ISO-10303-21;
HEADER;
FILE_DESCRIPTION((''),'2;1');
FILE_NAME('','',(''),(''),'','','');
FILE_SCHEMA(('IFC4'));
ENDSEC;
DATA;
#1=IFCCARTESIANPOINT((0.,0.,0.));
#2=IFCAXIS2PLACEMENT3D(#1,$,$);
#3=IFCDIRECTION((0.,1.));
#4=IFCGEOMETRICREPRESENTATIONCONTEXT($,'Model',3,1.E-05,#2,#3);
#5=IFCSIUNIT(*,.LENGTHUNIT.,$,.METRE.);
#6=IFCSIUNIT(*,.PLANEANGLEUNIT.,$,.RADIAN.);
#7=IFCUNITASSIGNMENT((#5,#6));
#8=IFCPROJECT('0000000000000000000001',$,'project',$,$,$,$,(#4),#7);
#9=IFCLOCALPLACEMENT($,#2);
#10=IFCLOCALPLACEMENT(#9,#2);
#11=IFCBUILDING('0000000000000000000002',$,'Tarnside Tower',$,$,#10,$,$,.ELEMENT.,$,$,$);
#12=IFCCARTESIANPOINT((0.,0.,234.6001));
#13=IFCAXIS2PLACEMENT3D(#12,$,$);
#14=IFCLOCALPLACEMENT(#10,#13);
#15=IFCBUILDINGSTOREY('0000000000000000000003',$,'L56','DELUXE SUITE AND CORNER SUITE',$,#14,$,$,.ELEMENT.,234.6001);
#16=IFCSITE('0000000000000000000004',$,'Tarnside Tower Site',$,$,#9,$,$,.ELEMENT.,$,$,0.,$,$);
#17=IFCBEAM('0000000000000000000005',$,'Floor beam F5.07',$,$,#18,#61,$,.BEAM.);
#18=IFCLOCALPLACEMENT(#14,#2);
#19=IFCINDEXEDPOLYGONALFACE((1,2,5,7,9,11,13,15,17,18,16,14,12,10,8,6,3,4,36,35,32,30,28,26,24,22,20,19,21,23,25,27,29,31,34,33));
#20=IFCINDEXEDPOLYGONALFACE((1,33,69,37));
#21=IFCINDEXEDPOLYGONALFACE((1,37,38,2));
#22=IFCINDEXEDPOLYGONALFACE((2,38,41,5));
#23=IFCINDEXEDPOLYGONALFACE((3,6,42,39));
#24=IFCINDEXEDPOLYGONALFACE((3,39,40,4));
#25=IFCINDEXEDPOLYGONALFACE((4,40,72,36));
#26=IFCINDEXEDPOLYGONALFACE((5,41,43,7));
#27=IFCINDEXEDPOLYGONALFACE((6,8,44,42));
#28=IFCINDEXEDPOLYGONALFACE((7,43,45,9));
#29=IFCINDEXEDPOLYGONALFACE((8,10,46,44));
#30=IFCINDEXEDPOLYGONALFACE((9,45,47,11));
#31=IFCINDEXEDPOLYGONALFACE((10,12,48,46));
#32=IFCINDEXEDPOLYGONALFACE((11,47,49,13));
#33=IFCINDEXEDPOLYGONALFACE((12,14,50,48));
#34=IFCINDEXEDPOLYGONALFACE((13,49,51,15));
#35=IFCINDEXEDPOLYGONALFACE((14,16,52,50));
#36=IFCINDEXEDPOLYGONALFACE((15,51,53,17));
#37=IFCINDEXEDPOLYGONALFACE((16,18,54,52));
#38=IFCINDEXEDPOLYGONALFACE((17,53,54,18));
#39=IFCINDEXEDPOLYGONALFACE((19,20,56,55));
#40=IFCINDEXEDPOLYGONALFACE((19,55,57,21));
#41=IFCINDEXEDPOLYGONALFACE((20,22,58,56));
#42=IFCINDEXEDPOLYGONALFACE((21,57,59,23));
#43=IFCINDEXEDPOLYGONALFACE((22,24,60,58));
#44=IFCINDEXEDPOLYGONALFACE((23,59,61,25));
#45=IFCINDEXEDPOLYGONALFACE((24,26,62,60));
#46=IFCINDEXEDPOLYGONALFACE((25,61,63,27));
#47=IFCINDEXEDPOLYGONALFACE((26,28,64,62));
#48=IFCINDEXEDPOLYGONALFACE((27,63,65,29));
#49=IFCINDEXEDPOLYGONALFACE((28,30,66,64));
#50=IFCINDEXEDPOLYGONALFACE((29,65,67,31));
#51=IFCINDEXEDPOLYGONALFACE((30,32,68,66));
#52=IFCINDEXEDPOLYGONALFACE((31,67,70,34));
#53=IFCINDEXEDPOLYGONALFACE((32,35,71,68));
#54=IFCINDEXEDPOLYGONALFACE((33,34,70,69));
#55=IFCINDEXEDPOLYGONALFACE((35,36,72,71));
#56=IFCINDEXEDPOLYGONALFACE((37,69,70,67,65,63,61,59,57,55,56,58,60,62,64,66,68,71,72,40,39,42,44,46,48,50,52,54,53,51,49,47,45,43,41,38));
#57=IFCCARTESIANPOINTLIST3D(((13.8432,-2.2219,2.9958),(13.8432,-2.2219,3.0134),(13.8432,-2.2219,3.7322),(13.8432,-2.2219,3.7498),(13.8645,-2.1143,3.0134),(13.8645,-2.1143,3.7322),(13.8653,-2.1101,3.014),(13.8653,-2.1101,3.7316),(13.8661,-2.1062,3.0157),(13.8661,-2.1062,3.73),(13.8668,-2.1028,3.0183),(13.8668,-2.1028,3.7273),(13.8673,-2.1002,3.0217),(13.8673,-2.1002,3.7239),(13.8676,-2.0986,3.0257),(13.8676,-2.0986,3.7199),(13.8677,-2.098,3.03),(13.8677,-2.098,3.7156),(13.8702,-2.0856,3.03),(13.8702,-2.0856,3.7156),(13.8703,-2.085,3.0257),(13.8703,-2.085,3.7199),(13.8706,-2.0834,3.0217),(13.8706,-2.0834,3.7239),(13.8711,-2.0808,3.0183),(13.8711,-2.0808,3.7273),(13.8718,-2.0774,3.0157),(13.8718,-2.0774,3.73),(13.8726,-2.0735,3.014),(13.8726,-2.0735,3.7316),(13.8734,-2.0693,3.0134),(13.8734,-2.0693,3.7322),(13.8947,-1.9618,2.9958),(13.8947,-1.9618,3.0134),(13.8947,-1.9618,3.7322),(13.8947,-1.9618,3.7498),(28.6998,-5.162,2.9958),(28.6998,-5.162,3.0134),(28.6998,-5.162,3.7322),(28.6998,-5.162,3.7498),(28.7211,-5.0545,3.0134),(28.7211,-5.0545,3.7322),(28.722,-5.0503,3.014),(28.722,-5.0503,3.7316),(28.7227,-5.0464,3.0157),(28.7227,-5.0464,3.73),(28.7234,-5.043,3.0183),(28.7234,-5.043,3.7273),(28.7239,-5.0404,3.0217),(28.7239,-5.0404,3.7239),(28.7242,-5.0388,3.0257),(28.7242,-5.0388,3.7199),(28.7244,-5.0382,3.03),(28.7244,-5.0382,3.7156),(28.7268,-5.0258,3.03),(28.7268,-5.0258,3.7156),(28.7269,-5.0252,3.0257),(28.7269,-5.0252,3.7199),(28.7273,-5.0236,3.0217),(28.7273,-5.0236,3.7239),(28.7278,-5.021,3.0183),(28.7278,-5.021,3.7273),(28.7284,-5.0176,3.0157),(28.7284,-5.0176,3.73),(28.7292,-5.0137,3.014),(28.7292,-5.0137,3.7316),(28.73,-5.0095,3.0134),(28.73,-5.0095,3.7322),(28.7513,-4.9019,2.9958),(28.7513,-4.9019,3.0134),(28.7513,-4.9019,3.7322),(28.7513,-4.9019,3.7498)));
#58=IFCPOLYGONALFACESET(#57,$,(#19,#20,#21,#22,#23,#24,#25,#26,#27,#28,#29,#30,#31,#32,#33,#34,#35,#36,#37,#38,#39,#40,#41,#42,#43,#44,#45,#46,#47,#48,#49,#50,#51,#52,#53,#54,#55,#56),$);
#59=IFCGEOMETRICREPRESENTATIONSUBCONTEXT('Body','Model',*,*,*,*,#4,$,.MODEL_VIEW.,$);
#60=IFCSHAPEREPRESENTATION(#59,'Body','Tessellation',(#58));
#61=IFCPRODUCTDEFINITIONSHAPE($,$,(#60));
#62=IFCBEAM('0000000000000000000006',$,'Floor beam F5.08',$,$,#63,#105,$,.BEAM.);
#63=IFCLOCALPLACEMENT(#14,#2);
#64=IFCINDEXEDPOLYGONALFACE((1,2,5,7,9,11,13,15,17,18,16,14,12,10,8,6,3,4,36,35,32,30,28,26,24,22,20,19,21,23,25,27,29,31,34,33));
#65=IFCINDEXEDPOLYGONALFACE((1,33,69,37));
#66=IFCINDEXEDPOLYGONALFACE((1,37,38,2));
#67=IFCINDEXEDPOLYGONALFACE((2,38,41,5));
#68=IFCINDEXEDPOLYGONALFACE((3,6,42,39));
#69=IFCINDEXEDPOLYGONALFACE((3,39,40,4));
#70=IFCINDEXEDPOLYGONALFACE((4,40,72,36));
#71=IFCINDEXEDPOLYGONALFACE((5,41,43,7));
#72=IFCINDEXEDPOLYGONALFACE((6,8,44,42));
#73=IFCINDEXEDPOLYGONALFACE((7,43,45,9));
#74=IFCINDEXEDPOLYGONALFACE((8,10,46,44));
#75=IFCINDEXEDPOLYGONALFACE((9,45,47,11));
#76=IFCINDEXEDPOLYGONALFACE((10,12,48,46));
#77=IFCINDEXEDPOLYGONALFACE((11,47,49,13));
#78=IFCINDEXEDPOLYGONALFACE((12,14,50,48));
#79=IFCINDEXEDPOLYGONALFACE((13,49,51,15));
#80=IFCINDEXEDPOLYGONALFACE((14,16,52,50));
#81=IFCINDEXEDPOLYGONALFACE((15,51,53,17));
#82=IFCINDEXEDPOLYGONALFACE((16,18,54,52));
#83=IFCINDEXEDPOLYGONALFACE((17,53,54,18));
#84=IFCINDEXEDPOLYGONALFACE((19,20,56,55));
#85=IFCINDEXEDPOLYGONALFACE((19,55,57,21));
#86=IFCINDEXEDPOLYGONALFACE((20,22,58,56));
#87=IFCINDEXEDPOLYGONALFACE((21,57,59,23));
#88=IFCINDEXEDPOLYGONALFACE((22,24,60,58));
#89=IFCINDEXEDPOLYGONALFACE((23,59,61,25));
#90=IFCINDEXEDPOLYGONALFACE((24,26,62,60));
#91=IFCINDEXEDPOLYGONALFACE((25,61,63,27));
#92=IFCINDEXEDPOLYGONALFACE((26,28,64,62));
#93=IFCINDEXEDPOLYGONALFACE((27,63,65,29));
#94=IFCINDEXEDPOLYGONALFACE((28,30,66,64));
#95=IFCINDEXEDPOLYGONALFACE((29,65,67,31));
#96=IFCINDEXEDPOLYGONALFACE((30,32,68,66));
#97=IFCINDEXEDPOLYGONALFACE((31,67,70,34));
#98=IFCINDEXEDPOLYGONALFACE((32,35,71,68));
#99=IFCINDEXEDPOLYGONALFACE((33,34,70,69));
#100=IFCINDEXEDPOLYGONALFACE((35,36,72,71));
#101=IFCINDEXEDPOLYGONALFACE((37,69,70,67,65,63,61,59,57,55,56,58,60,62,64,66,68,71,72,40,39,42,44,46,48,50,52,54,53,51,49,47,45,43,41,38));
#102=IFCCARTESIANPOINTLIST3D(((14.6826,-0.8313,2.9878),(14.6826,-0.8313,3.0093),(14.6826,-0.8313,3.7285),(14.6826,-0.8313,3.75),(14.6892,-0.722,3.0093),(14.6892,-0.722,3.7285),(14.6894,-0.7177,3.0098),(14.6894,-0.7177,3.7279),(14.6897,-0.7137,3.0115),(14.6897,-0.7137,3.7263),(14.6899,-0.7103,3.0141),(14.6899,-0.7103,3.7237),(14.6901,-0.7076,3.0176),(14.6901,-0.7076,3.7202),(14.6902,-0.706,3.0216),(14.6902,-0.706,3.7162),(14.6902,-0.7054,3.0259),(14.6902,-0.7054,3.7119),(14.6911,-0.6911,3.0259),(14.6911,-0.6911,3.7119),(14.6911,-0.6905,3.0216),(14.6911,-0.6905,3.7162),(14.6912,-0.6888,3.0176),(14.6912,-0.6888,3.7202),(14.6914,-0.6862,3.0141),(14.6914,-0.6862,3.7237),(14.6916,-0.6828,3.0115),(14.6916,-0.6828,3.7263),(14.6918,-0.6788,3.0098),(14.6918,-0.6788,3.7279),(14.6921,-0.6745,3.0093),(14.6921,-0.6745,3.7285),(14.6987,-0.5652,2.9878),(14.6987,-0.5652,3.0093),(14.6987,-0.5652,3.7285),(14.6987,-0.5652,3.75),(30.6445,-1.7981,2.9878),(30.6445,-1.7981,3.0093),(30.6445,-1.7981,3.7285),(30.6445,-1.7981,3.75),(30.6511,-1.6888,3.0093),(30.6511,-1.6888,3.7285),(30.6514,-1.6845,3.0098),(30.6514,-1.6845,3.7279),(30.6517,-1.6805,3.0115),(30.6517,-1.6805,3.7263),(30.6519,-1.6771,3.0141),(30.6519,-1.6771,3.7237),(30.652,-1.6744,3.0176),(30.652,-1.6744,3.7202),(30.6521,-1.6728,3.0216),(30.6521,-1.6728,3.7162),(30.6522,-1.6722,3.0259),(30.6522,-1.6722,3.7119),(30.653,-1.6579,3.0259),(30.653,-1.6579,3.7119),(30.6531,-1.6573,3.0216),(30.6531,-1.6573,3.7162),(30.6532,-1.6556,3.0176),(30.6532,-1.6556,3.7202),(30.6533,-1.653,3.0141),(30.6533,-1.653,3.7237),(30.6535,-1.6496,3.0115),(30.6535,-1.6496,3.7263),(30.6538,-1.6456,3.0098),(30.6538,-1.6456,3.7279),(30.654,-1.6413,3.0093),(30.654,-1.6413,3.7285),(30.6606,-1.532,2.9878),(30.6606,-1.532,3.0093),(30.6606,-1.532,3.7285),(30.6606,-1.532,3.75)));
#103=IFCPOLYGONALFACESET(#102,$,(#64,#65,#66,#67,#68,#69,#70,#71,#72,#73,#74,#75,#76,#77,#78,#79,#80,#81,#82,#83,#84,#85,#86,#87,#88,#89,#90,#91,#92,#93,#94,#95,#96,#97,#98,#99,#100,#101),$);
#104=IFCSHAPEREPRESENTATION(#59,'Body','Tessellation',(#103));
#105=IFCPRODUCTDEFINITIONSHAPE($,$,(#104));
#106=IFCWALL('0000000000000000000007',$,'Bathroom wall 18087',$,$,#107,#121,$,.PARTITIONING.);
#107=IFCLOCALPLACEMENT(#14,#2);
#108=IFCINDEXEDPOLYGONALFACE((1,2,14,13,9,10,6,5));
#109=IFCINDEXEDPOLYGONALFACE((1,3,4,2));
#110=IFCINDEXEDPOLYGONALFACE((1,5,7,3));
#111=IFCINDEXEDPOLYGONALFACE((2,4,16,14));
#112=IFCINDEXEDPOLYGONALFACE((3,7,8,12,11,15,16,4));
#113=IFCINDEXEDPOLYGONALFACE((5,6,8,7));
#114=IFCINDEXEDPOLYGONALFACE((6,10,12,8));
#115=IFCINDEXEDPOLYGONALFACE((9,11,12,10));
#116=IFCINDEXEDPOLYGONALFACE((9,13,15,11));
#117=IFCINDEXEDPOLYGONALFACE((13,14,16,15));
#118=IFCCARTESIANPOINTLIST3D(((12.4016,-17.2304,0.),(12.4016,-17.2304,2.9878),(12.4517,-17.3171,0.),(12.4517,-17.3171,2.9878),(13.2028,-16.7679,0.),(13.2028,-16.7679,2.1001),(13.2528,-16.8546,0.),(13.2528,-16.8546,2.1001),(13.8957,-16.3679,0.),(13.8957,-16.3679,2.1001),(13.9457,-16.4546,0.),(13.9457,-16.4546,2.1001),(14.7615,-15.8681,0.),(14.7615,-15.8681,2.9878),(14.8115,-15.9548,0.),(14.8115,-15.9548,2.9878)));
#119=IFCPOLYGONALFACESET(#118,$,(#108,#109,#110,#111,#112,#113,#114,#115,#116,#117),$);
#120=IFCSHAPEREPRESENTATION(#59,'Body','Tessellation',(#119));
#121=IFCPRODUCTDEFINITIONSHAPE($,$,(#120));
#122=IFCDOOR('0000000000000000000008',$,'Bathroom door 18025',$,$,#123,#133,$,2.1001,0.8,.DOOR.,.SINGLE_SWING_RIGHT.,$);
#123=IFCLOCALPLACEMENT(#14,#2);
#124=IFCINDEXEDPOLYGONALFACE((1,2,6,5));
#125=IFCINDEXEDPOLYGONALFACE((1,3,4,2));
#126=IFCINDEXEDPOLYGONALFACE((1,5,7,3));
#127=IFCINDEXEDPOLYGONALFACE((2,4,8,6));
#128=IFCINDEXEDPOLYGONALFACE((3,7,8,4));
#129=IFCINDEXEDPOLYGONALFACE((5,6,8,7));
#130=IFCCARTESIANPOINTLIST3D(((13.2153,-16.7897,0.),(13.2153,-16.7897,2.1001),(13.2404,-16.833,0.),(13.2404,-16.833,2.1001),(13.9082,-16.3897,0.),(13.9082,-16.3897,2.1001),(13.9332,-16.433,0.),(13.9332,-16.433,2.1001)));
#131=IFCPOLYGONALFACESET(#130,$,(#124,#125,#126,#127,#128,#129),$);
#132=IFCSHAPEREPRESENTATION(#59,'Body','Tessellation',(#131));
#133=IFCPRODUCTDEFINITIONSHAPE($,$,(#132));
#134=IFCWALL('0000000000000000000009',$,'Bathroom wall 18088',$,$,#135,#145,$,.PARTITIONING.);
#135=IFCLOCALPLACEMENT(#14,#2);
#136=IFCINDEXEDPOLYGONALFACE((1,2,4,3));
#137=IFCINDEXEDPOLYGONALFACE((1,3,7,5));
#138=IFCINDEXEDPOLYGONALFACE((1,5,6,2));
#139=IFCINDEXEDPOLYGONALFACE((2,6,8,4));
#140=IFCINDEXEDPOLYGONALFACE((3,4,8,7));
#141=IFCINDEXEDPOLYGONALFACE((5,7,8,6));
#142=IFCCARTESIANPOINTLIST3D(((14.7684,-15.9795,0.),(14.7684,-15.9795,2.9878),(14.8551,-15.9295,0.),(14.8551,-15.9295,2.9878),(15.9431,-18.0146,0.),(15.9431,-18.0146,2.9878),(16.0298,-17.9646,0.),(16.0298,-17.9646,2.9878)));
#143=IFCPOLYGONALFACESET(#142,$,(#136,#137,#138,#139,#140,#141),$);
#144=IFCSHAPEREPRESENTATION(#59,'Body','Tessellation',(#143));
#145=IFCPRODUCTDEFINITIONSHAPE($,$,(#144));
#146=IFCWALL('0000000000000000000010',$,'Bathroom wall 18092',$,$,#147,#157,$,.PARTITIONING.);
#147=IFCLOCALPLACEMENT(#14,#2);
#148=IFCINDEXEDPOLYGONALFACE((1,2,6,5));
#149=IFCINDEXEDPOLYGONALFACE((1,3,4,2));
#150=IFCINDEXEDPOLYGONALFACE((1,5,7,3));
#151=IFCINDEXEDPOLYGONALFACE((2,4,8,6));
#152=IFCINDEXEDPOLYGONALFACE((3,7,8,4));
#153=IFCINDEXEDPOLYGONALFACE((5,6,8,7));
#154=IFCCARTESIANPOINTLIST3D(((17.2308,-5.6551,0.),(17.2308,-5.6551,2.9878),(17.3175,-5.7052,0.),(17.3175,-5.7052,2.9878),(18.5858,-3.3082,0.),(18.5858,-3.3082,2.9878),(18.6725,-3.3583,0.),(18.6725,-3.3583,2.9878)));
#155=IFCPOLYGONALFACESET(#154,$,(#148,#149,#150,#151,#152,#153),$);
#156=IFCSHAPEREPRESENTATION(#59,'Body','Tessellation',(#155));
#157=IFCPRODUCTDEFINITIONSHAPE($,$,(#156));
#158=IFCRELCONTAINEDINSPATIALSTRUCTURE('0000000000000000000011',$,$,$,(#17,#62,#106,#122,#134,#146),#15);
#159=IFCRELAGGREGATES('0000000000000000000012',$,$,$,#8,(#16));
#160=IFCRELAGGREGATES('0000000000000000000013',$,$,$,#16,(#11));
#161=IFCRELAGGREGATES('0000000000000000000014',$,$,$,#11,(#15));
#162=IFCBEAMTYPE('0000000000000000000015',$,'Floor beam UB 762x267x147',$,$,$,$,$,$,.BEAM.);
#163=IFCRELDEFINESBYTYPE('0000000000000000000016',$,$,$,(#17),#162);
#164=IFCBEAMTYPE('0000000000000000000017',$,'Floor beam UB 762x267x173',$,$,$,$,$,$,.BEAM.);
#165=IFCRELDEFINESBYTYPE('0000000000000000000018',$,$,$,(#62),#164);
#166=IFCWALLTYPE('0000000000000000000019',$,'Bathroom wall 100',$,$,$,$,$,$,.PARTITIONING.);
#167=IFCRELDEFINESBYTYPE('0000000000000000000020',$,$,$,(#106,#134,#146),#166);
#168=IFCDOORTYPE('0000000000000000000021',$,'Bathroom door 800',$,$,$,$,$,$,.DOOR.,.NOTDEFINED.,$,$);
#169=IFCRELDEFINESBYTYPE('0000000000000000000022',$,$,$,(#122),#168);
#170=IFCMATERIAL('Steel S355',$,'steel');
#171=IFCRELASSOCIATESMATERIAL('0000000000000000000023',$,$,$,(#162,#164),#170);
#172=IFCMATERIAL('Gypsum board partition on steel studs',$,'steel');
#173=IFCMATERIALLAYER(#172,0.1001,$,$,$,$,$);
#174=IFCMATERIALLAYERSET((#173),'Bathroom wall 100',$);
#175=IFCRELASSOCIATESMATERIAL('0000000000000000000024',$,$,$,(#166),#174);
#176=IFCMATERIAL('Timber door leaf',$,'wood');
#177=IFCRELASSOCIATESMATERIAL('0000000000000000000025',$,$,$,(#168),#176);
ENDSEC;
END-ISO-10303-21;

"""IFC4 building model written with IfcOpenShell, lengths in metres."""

from ifc_helpers import new_model, si_unit, direction, frame, frame_2d, origin, origin_2d, place, context, subcontext, project, spatial, rectangle, i_section, extrude, material, layer, layer_set, material_profile, profile_set, type_object, element, fill, save


model = new_model("IFC4")

# Units and contexts
model_context = context("Model", 3, precision=1e-05, world=origin(), true_north=direction((0.0, 1.0)))
body_context = subcontext(model_context, "Body", "Model", "MODEL_VIEW")
ifc_project = project(units=[si_unit("LENGTHUNIT", "METRE"), si_unit("PLANEANGLEUNIT", "RADIAN")], contexts=[model_context])

# Site, building, storey
site_placement = place(None, origin())
site = spatial("IfcSite", under=ifc_project, at=site_placement, Name="Tarnside Tower Site", CompositionType="ELEMENT", RefElevation=0.0)
building_placement = place(site_placement, origin())
building = spatial("IfcBuilding", under=site, at=building_placement, Name="Tarnside Tower", CompositionType="ELEMENT")
storey_placement = place(building_placement, frame((0.0, 0.0, 234.6001)))
storey = spatial("IfcBuildingStorey", under=building, at=storey_placement, Name="L56", Description="DELUXE SUITE AND CORNER SUITE", CompositionType="ELEMENT", Elevation=234.6001)

# Beams
ifc_material_1 = material(Name="Steel S355", Category="steel")
ifc_material_profile_1 = material_profile(ifc_material_1, i_section(OverallWidth=0.2651, OverallDepth=0.7539, WebThickness=0.0127, FlangeThickness=0.0176, FilletRadius=0.0166, at=origin_2d()), Name="UB 762x267x147")
ifc_profile_set_1 = profile_set([ifc_material_profile_1], Name="Steel S355")
beam_type_1 = type_object("IfcBeamType", Name="Floor beam UB 762x267x147", PredefinedType="BEAM", material=ifc_profile_set_1)
beam_1_placement = place(storey_placement, frame((28.7256, -5.032, 3.3728), z_axis=(-0.980974, 0.194138, 0.0), x_axis=(-0.194138, -0.980974, 0.0)))
element("IfcBeam", 1, at=beam_1_placement, inside=storey, type_object=beam_type_1, Name="Floor beam F5.07", PredefinedType="BEAM", context=body_context, shape_type="SweptSolid", body=[
    extrude(i_section(OverallWidth=0.2651, OverallDepth=0.7539, WebThickness=0.0127, FlangeThickness=0.0176, FilletRadius=0.0166, at=origin_2d()), origin(), (0.0, 0.0, 1.0), 15.1448),
])
ifc_material_profile_2 = material_profile(ifc_material_1, i_section(OverallWidth=0.2666, OverallDepth=0.7622, WebThickness=0.0144, FlangeThickness=0.0215, FilletRadius=0.0166, at=origin_2d()), Name="UB 762x267x173")
ifc_profile_set_2 = profile_set([ifc_material_profile_2], Name="Steel S355")
beam_type_2 = type_object("IfcBeamType", Name="Floor beam UB 762x267x173", PredefinedType="BEAM", material=ifc_profile_set_2)
beam_2_placement = place(storey_placement, frame((30.6526, -1.665, 3.3689), z_axis=(-0.998171, 0.060458, 0.0), x_axis=(-0.060458, -0.998171, 0.0)))
element("IfcBeam", 2, at=beam_2_placement, inside=storey, type_object=beam_type_2, Name="Floor beam F5.08", PredefinedType="BEAM", context=body_context, shape_type="SweptSolid", body=[
    extrude(i_section(OverallWidth=0.2666, OverallDepth=0.7622, WebThickness=0.0144, FlangeThickness=0.0215, FilletRadius=0.0166, at=origin_2d()), origin(), (0.0, 0.0, 1.0), 15.9912),
])

# Wall, opening, door
ifc_material_2 = material(Name="Gypsum board partition on steel studs", Category="steel")
ifc_layer_1 = layer(ifc_material_2, 0.1001)
ifc_layer_set_1 = layer_set([ifc_layer_1], Name="Bathroom wall 100")
wall_type_1 = type_object("IfcWallType", Name="Bathroom wall 100", PredefinedType="PARTITIONING", material=ifc_layer_set_1)
wall_1_placement = place(storey_placement, frame((12.4268, -17.2737, 0.0), z_axis=(0.0, 0.0, 1.0), x_axis=(0.866051, 0.499955, 0.0)))
wall_1 = element("IfcWall", 3, at=wall_1_placement, inside=storey, type_object=wall_type_1, Name="Bathroom wall 18087", PredefinedType="PARTITIONING", context=body_context, shape_type="SweptSolid", body=[
    extrude(rectangle(XDim=2.7249, YDim=0.1001, at=frame_2d((1.3623, 0.0))), origin(), (0.0, 0.0, 1.0), 2.9878),
])
opening_1_placement = place(wall_1_placement, frame((0.925, 0.0, 0.0)))
opening_1 = element("IfcOpeningElement", 4, at=opening_1_placement, cuts=wall_1, PredefinedType="OPENING", context=body_context, shape_type="SweptSolid", body=[
    extrude(rectangle(XDim=0.8, YDim=2.1001, at=frame_2d((0.3999, 1.05))), frame((0.0, 0.0601, 0.0), z_axis=(0.0, -1.0, 0.0), x_axis=(1.0, 0.0, 0.0)), (0.0, 0.0, 1.0), 0.1201),
])
ifc_material_3 = material(Name="Timber door leaf", Category="wood")
door_type_1 = type_object("IfcDoorType", Name="Bathroom door 800", OperationType="NOTDEFINED", PredefinedType="DOOR", material=ifc_material_3)
door_1_placement = place(opening_1_placement, origin())
door_1 = element("IfcDoor", 5, at=door_1_placement, inside=storey, type_object=door_type_1, Name="Bathroom door 18025", OperationType="SINGLE_SWING_RIGHT", OverallHeight=2.1001, OverallWidth=0.8, PredefinedType="DOOR", context=body_context, shape_type="SweptSolid", body=[
    extrude(rectangle(XDim=0.8, YDim=2.1001, at=frame_2d((0.3999, 1.05))), frame((0.0, 0.0249, 0.0), z_axis=(0.0, -1.0, 0.0), x_axis=(1.0, 0.0, 0.0)), (0.0, 0.0, 1.0), 0.05),
])
fill(opening_1, door_1)

# Walls
wall_2_placement = place(storey_placement, frame((14.8118, -15.9546, 0.0), z_axis=(0.0, 0.0, 1.0), x_axis=(0.499938, -0.866061, 0.0)))
element("IfcWall", 6, at=wall_2_placement, inside=storey, type_object=wall_type_1, Name="Bathroom wall 18088", PredefinedType="PARTITIONING", context=body_context, shape_type="SweptSolid", body=[
    extrude(rectangle(XDim=2.3499, YDim=0.1001, at=frame_2d((1.1748, 0.0))), origin(), (0.0, 0.0, 1.0), 2.9878),
])
wall_3_placement = place(storey_placement, frame((18.6292, -3.3333, 0.0), z_axis=(0.0, 0.0, 1.0), x_axis=(-0.499995, -0.866028, 0.0)))
element("IfcWall", 7, at=wall_3_placement, inside=storey, type_object=wall_type_1, Name="Bathroom wall 18092", PredefinedType="PARTITIONING", context=body_context, shape_type="SweptSolid", body=[
    extrude(rectangle(XDim=2.71, YDim=0.1001, at=frame_2d((1.355, 0.0))), origin(), (0.0, 0.0, 1.0), 2.9878),
])

save(model, "model.ifc")
